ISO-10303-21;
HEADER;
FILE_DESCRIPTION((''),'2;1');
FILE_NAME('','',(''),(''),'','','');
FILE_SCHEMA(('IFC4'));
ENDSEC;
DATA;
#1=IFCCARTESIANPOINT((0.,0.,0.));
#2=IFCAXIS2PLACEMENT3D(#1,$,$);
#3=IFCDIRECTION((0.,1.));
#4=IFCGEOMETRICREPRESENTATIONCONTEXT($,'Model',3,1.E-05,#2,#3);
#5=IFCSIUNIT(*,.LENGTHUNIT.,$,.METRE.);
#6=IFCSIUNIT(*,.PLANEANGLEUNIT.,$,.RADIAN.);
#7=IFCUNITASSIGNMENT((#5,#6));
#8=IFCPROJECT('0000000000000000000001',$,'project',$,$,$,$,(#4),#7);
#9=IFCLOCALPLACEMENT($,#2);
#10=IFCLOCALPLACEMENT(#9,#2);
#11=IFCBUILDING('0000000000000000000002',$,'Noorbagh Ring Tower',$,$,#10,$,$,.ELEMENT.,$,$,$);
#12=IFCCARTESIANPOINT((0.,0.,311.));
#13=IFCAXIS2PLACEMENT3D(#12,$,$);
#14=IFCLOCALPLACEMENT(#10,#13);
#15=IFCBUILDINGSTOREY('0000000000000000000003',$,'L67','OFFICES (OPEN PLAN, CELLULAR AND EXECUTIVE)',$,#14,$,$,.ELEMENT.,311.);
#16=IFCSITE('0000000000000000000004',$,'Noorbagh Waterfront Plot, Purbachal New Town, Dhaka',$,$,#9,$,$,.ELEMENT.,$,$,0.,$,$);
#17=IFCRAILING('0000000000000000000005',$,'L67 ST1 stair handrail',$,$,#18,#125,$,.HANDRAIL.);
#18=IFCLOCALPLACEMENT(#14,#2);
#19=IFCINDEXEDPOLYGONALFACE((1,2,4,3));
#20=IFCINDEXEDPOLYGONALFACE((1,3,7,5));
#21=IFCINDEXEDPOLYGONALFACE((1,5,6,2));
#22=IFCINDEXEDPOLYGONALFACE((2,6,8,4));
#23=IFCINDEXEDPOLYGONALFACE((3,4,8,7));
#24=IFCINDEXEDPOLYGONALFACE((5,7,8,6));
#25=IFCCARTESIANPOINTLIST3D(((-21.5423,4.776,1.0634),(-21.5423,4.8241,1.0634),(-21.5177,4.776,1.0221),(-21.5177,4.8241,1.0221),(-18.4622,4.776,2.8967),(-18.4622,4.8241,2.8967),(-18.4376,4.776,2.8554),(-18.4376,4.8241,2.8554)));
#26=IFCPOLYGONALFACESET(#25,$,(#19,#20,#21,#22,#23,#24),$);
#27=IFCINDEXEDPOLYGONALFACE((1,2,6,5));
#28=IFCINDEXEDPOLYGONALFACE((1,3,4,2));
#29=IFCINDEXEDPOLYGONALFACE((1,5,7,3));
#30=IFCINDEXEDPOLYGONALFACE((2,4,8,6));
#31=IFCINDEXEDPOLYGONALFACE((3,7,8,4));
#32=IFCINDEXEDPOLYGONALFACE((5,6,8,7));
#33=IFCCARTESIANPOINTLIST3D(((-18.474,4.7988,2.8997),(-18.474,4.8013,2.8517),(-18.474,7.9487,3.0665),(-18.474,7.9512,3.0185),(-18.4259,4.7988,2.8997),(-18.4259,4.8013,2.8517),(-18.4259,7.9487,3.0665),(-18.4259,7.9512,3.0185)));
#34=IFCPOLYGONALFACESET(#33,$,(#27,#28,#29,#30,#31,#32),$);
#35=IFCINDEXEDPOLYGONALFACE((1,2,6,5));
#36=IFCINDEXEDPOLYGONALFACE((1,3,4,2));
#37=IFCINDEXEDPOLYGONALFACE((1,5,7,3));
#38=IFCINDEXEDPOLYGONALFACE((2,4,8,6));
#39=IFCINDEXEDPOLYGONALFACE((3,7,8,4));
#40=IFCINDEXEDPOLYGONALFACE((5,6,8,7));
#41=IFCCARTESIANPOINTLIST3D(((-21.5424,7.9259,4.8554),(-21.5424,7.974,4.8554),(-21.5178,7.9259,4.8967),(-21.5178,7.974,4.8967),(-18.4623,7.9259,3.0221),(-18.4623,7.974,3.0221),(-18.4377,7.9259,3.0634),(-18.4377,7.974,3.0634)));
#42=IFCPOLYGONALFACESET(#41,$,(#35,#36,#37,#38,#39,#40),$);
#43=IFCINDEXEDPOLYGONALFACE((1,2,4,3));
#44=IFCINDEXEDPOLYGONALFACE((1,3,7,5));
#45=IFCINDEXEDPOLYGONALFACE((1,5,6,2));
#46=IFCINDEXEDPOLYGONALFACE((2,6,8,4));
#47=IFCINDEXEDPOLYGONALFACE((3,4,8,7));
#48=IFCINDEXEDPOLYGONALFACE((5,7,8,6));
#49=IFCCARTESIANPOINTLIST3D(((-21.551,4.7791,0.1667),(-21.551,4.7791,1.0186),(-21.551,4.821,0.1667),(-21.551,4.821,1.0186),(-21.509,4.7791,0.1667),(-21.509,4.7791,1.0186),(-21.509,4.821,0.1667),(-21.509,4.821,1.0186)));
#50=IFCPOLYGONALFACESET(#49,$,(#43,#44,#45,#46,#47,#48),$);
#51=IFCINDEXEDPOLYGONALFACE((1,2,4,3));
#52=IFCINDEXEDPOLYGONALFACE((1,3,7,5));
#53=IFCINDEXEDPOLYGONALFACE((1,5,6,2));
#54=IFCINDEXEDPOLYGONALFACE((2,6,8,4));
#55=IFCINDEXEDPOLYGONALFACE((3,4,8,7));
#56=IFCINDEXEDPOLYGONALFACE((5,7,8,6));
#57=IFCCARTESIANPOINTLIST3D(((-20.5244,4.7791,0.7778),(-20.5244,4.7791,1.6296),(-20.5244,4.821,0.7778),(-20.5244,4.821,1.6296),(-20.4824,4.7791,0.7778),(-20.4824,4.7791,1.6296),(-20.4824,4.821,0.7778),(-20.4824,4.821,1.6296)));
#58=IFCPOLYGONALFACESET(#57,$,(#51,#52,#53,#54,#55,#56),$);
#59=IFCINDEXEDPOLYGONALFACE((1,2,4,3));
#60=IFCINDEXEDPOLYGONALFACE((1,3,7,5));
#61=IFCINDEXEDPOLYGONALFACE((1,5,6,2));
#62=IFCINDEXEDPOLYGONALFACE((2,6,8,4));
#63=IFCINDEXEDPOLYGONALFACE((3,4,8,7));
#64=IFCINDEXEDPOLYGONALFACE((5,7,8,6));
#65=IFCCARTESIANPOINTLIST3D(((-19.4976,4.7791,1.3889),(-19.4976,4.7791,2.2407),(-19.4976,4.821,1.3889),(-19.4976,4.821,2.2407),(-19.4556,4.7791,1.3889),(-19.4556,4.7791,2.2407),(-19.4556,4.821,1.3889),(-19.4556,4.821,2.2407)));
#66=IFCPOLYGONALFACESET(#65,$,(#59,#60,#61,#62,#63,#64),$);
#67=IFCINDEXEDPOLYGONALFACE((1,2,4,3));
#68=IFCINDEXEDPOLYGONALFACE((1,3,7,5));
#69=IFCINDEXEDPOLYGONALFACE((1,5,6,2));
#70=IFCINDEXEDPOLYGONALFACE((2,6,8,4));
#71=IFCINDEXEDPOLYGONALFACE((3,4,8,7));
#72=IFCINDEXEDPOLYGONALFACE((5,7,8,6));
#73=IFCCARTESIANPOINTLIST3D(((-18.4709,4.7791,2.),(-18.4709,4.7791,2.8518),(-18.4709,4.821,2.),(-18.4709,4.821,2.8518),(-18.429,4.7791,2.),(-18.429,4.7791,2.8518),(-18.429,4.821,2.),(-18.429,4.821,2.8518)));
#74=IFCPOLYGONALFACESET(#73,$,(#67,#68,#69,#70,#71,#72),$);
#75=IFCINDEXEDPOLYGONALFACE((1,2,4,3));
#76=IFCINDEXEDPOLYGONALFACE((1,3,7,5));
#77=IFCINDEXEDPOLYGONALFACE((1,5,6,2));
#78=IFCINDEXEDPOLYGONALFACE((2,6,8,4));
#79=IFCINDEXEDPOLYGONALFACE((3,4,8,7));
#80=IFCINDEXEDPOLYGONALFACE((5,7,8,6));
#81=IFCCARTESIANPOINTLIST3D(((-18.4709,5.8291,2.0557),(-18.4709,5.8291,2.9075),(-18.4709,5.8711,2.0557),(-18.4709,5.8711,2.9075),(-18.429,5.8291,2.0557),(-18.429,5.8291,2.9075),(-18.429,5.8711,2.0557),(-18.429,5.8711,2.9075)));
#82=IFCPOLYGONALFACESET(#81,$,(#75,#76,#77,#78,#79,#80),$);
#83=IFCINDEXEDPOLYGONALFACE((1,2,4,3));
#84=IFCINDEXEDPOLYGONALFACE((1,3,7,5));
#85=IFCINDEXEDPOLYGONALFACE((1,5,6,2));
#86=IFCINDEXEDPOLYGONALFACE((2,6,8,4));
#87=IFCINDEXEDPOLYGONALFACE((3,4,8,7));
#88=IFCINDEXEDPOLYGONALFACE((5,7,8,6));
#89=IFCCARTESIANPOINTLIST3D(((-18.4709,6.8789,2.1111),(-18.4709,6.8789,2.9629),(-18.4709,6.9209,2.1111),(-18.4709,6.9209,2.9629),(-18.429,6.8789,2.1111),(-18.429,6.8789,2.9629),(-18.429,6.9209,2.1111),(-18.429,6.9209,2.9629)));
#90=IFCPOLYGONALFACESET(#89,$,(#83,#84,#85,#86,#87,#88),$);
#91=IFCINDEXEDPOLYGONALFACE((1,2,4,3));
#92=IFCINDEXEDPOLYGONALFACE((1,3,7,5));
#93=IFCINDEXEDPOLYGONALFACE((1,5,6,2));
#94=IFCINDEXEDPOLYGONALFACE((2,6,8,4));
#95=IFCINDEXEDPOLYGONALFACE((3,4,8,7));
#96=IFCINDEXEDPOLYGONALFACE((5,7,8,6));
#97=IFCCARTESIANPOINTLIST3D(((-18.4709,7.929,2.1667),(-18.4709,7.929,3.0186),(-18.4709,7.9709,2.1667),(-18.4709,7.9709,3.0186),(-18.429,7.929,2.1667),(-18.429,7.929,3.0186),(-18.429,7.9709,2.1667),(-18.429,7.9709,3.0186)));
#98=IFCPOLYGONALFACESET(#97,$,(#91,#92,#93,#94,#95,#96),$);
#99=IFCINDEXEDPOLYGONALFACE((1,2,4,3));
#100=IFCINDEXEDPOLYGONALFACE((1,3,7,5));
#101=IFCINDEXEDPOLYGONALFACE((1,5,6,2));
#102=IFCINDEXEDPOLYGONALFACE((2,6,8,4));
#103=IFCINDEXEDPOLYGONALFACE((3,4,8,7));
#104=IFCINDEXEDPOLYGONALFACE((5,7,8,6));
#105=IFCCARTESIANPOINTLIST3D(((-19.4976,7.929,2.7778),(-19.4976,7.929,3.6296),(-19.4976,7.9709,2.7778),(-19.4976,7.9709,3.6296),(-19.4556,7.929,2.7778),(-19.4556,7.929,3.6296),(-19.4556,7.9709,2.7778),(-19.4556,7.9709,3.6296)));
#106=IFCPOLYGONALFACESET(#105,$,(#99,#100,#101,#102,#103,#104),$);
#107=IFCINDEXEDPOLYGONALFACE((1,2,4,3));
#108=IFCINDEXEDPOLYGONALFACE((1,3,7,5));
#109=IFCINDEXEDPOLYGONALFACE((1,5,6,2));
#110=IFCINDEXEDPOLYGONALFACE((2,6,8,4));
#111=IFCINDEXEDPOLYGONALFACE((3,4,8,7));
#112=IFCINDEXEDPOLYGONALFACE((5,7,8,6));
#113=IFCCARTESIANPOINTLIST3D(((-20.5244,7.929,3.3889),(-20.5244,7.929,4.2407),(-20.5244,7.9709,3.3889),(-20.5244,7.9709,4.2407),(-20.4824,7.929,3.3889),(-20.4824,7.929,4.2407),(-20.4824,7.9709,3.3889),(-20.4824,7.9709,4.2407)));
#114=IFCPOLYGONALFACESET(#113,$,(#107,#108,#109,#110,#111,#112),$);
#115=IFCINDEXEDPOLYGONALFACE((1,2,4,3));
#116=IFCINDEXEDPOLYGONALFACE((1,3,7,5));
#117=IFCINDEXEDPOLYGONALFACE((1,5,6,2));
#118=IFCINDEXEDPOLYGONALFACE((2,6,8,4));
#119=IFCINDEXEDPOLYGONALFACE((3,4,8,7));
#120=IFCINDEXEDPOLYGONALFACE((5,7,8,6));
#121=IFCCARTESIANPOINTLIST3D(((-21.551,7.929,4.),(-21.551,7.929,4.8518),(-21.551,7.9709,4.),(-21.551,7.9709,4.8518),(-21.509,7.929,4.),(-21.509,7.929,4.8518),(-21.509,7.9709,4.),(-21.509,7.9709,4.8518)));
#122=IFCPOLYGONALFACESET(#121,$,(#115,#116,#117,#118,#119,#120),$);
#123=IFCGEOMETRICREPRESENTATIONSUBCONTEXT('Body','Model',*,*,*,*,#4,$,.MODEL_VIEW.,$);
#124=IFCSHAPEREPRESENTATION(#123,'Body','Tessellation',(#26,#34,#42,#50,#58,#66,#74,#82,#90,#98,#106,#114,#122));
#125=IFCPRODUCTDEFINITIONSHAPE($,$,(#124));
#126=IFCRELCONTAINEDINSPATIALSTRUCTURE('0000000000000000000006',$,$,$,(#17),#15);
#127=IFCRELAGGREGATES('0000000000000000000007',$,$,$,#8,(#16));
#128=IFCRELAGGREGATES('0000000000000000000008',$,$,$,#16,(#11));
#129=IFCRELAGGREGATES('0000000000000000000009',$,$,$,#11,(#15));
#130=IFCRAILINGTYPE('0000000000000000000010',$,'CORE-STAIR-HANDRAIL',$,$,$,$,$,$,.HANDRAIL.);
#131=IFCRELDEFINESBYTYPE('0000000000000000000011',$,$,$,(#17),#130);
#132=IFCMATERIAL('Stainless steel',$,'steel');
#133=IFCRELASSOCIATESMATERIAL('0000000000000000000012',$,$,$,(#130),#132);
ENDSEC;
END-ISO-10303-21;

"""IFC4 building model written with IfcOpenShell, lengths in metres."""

from ifc_helpers import new_model, si_unit, direction, frame, origin, origin_2d, place, context, subcontext, project, spatial, rectangle, extrude, material, type_object, element, save


model = new_model("IFC4")

# Units and contexts
model_context = context("Model", 3, precision=1e-05, world=origin(), true_north=direction((0.0, 1.0)))
body_context = subcontext(model_context, "Body", "Model", "MODEL_VIEW")
ifc_project = project(units=[si_unit("LENGTHUNIT", "METRE"), si_unit("PLANEANGLEUNIT", "RADIAN")], contexts=[model_context])

# Site, building, storey
site_placement = place(None, origin())
site = spatial("IfcSite", under=ifc_project, at=site_placement, Name="Noorbagh Waterfront Plot, Purbachal New Town, Dhaka", CompositionType="ELEMENT", RefElevation=0.0)
building_placement = place(site_placement, origin())
building = spatial("IfcBuilding", under=site, at=building_placement, Name="Noorbagh Ring Tower", CompositionType="ELEMENT")
storey_placement = place(building_placement, frame((0.0, 0.0, 311.0)))
storey = spatial("IfcBuildingStorey", under=building, at=storey_placement, Name="L67", Description="OFFICES (OPEN PLAN, CELLULAR AND EXECUTIVE)", CompositionType="ELEMENT", Elevation=311.0)

# Railing
ifc_material_1 = material(Name="Stainless steel", Category="steel")
railing_type_1 = type_object("IfcRailingType", Name="CORE-STAIR-HANDRAIL", PredefinedType="HANDRAIL", material=ifc_material_1)
railing_1_placement = place(storey_placement, frame((-21.53, 4.8, 0.1667)))
element("IfcRailing", 1, at=railing_1_placement, inside=storey, type_object=railing_type_1, Name="L67 ST1 stair handrail", PredefinedType="HANDRAIL", context=body_context, shape_type="SweptSolid", body=[
    extrude(rectangle(XDim=0.0481, YDim=0.0481, at=origin_2d()), frame((0.0, 0.0, 0.876), z_axis=(0.859309, 0.0, 0.511458), x_axis=(0.0, 1.0, 0.0)), (0.0, 0.0, 1.0), 3.5845),
    extrude(rectangle(XDim=0.0481, YDim=0.0481, at=origin_2d()), frame((3.0801, 0.0, 2.709), z_axis=(0.0, 0.998602, 0.052864), x_axis=(-1.0, 0.0, 0.0)), (0.0, 0.0, 1.0), 3.1543),
    extrude(rectangle(XDim=0.0481, YDim=0.0481, at=origin_2d()), frame((3.0801, 3.1499, 2.876), z_axis=(-0.859309, 0.0, 0.511458), x_axis=(0.0, -1.0, 0.0)), (0.0, 0.0, 1.0), 3.5845),
    extrude(rectangle(XDim=0.042, YDim=0.042, at=origin_2d()), origin(), (0.0, 0.0, 1.0), 0.8518),
    extrude(rectangle(XDim=0.042, YDim=0.042, at=origin_2d()), frame((1.0266, 0.0, 0.6111)), (0.0, 0.0, 1.0), 0.8518),
    extrude(rectangle(XDim=0.042, YDim=0.042, at=origin_2d()), frame((2.0535, 0.0, 1.2222)), (0.0, 0.0, 1.0), 0.8518),
    extrude(rectangle(XDim=0.042, YDim=0.042, at=origin_2d()), frame((3.0801, 0.0, 1.8333)), (0.0, 0.0, 1.0), 0.8518),
    extrude(rectangle(XDim=0.042, YDim=0.042, at=origin_2d()), frame((3.0801, 1.05, 1.8889)), (0.0, 0.0, 1.0), 0.8518),
    extrude(rectangle(XDim=0.042, YDim=0.042, at=origin_2d()), frame((3.0801, 2.0999, 1.9443)), (0.0, 0.0, 1.0), 0.8518),
    extrude(rectangle(XDim=0.042, YDim=0.042, at=origin_2d()), frame((3.0801, 3.1499, 2.0)), (0.0, 0.0, 1.0), 0.8518),
    extrude(rectangle(XDim=0.042, YDim=0.042, at=origin_2d()), frame((2.0535, 3.1499, 2.6111)), (0.0, 0.0, 1.0), 0.8518),
    extrude(rectangle(XDim=0.042, YDim=0.042, at=origin_2d()), frame((1.0266, 3.1499, 3.2222)), (0.0, 0.0, 1.0), 0.8518),
    extrude(rectangle(XDim=0.042, YDim=0.042, at=origin_2d()), frame((0.0, 3.1499, 3.8333)), (0.0, 0.0, 1.0), 0.8518),
])

save(model, "model.ifc")
